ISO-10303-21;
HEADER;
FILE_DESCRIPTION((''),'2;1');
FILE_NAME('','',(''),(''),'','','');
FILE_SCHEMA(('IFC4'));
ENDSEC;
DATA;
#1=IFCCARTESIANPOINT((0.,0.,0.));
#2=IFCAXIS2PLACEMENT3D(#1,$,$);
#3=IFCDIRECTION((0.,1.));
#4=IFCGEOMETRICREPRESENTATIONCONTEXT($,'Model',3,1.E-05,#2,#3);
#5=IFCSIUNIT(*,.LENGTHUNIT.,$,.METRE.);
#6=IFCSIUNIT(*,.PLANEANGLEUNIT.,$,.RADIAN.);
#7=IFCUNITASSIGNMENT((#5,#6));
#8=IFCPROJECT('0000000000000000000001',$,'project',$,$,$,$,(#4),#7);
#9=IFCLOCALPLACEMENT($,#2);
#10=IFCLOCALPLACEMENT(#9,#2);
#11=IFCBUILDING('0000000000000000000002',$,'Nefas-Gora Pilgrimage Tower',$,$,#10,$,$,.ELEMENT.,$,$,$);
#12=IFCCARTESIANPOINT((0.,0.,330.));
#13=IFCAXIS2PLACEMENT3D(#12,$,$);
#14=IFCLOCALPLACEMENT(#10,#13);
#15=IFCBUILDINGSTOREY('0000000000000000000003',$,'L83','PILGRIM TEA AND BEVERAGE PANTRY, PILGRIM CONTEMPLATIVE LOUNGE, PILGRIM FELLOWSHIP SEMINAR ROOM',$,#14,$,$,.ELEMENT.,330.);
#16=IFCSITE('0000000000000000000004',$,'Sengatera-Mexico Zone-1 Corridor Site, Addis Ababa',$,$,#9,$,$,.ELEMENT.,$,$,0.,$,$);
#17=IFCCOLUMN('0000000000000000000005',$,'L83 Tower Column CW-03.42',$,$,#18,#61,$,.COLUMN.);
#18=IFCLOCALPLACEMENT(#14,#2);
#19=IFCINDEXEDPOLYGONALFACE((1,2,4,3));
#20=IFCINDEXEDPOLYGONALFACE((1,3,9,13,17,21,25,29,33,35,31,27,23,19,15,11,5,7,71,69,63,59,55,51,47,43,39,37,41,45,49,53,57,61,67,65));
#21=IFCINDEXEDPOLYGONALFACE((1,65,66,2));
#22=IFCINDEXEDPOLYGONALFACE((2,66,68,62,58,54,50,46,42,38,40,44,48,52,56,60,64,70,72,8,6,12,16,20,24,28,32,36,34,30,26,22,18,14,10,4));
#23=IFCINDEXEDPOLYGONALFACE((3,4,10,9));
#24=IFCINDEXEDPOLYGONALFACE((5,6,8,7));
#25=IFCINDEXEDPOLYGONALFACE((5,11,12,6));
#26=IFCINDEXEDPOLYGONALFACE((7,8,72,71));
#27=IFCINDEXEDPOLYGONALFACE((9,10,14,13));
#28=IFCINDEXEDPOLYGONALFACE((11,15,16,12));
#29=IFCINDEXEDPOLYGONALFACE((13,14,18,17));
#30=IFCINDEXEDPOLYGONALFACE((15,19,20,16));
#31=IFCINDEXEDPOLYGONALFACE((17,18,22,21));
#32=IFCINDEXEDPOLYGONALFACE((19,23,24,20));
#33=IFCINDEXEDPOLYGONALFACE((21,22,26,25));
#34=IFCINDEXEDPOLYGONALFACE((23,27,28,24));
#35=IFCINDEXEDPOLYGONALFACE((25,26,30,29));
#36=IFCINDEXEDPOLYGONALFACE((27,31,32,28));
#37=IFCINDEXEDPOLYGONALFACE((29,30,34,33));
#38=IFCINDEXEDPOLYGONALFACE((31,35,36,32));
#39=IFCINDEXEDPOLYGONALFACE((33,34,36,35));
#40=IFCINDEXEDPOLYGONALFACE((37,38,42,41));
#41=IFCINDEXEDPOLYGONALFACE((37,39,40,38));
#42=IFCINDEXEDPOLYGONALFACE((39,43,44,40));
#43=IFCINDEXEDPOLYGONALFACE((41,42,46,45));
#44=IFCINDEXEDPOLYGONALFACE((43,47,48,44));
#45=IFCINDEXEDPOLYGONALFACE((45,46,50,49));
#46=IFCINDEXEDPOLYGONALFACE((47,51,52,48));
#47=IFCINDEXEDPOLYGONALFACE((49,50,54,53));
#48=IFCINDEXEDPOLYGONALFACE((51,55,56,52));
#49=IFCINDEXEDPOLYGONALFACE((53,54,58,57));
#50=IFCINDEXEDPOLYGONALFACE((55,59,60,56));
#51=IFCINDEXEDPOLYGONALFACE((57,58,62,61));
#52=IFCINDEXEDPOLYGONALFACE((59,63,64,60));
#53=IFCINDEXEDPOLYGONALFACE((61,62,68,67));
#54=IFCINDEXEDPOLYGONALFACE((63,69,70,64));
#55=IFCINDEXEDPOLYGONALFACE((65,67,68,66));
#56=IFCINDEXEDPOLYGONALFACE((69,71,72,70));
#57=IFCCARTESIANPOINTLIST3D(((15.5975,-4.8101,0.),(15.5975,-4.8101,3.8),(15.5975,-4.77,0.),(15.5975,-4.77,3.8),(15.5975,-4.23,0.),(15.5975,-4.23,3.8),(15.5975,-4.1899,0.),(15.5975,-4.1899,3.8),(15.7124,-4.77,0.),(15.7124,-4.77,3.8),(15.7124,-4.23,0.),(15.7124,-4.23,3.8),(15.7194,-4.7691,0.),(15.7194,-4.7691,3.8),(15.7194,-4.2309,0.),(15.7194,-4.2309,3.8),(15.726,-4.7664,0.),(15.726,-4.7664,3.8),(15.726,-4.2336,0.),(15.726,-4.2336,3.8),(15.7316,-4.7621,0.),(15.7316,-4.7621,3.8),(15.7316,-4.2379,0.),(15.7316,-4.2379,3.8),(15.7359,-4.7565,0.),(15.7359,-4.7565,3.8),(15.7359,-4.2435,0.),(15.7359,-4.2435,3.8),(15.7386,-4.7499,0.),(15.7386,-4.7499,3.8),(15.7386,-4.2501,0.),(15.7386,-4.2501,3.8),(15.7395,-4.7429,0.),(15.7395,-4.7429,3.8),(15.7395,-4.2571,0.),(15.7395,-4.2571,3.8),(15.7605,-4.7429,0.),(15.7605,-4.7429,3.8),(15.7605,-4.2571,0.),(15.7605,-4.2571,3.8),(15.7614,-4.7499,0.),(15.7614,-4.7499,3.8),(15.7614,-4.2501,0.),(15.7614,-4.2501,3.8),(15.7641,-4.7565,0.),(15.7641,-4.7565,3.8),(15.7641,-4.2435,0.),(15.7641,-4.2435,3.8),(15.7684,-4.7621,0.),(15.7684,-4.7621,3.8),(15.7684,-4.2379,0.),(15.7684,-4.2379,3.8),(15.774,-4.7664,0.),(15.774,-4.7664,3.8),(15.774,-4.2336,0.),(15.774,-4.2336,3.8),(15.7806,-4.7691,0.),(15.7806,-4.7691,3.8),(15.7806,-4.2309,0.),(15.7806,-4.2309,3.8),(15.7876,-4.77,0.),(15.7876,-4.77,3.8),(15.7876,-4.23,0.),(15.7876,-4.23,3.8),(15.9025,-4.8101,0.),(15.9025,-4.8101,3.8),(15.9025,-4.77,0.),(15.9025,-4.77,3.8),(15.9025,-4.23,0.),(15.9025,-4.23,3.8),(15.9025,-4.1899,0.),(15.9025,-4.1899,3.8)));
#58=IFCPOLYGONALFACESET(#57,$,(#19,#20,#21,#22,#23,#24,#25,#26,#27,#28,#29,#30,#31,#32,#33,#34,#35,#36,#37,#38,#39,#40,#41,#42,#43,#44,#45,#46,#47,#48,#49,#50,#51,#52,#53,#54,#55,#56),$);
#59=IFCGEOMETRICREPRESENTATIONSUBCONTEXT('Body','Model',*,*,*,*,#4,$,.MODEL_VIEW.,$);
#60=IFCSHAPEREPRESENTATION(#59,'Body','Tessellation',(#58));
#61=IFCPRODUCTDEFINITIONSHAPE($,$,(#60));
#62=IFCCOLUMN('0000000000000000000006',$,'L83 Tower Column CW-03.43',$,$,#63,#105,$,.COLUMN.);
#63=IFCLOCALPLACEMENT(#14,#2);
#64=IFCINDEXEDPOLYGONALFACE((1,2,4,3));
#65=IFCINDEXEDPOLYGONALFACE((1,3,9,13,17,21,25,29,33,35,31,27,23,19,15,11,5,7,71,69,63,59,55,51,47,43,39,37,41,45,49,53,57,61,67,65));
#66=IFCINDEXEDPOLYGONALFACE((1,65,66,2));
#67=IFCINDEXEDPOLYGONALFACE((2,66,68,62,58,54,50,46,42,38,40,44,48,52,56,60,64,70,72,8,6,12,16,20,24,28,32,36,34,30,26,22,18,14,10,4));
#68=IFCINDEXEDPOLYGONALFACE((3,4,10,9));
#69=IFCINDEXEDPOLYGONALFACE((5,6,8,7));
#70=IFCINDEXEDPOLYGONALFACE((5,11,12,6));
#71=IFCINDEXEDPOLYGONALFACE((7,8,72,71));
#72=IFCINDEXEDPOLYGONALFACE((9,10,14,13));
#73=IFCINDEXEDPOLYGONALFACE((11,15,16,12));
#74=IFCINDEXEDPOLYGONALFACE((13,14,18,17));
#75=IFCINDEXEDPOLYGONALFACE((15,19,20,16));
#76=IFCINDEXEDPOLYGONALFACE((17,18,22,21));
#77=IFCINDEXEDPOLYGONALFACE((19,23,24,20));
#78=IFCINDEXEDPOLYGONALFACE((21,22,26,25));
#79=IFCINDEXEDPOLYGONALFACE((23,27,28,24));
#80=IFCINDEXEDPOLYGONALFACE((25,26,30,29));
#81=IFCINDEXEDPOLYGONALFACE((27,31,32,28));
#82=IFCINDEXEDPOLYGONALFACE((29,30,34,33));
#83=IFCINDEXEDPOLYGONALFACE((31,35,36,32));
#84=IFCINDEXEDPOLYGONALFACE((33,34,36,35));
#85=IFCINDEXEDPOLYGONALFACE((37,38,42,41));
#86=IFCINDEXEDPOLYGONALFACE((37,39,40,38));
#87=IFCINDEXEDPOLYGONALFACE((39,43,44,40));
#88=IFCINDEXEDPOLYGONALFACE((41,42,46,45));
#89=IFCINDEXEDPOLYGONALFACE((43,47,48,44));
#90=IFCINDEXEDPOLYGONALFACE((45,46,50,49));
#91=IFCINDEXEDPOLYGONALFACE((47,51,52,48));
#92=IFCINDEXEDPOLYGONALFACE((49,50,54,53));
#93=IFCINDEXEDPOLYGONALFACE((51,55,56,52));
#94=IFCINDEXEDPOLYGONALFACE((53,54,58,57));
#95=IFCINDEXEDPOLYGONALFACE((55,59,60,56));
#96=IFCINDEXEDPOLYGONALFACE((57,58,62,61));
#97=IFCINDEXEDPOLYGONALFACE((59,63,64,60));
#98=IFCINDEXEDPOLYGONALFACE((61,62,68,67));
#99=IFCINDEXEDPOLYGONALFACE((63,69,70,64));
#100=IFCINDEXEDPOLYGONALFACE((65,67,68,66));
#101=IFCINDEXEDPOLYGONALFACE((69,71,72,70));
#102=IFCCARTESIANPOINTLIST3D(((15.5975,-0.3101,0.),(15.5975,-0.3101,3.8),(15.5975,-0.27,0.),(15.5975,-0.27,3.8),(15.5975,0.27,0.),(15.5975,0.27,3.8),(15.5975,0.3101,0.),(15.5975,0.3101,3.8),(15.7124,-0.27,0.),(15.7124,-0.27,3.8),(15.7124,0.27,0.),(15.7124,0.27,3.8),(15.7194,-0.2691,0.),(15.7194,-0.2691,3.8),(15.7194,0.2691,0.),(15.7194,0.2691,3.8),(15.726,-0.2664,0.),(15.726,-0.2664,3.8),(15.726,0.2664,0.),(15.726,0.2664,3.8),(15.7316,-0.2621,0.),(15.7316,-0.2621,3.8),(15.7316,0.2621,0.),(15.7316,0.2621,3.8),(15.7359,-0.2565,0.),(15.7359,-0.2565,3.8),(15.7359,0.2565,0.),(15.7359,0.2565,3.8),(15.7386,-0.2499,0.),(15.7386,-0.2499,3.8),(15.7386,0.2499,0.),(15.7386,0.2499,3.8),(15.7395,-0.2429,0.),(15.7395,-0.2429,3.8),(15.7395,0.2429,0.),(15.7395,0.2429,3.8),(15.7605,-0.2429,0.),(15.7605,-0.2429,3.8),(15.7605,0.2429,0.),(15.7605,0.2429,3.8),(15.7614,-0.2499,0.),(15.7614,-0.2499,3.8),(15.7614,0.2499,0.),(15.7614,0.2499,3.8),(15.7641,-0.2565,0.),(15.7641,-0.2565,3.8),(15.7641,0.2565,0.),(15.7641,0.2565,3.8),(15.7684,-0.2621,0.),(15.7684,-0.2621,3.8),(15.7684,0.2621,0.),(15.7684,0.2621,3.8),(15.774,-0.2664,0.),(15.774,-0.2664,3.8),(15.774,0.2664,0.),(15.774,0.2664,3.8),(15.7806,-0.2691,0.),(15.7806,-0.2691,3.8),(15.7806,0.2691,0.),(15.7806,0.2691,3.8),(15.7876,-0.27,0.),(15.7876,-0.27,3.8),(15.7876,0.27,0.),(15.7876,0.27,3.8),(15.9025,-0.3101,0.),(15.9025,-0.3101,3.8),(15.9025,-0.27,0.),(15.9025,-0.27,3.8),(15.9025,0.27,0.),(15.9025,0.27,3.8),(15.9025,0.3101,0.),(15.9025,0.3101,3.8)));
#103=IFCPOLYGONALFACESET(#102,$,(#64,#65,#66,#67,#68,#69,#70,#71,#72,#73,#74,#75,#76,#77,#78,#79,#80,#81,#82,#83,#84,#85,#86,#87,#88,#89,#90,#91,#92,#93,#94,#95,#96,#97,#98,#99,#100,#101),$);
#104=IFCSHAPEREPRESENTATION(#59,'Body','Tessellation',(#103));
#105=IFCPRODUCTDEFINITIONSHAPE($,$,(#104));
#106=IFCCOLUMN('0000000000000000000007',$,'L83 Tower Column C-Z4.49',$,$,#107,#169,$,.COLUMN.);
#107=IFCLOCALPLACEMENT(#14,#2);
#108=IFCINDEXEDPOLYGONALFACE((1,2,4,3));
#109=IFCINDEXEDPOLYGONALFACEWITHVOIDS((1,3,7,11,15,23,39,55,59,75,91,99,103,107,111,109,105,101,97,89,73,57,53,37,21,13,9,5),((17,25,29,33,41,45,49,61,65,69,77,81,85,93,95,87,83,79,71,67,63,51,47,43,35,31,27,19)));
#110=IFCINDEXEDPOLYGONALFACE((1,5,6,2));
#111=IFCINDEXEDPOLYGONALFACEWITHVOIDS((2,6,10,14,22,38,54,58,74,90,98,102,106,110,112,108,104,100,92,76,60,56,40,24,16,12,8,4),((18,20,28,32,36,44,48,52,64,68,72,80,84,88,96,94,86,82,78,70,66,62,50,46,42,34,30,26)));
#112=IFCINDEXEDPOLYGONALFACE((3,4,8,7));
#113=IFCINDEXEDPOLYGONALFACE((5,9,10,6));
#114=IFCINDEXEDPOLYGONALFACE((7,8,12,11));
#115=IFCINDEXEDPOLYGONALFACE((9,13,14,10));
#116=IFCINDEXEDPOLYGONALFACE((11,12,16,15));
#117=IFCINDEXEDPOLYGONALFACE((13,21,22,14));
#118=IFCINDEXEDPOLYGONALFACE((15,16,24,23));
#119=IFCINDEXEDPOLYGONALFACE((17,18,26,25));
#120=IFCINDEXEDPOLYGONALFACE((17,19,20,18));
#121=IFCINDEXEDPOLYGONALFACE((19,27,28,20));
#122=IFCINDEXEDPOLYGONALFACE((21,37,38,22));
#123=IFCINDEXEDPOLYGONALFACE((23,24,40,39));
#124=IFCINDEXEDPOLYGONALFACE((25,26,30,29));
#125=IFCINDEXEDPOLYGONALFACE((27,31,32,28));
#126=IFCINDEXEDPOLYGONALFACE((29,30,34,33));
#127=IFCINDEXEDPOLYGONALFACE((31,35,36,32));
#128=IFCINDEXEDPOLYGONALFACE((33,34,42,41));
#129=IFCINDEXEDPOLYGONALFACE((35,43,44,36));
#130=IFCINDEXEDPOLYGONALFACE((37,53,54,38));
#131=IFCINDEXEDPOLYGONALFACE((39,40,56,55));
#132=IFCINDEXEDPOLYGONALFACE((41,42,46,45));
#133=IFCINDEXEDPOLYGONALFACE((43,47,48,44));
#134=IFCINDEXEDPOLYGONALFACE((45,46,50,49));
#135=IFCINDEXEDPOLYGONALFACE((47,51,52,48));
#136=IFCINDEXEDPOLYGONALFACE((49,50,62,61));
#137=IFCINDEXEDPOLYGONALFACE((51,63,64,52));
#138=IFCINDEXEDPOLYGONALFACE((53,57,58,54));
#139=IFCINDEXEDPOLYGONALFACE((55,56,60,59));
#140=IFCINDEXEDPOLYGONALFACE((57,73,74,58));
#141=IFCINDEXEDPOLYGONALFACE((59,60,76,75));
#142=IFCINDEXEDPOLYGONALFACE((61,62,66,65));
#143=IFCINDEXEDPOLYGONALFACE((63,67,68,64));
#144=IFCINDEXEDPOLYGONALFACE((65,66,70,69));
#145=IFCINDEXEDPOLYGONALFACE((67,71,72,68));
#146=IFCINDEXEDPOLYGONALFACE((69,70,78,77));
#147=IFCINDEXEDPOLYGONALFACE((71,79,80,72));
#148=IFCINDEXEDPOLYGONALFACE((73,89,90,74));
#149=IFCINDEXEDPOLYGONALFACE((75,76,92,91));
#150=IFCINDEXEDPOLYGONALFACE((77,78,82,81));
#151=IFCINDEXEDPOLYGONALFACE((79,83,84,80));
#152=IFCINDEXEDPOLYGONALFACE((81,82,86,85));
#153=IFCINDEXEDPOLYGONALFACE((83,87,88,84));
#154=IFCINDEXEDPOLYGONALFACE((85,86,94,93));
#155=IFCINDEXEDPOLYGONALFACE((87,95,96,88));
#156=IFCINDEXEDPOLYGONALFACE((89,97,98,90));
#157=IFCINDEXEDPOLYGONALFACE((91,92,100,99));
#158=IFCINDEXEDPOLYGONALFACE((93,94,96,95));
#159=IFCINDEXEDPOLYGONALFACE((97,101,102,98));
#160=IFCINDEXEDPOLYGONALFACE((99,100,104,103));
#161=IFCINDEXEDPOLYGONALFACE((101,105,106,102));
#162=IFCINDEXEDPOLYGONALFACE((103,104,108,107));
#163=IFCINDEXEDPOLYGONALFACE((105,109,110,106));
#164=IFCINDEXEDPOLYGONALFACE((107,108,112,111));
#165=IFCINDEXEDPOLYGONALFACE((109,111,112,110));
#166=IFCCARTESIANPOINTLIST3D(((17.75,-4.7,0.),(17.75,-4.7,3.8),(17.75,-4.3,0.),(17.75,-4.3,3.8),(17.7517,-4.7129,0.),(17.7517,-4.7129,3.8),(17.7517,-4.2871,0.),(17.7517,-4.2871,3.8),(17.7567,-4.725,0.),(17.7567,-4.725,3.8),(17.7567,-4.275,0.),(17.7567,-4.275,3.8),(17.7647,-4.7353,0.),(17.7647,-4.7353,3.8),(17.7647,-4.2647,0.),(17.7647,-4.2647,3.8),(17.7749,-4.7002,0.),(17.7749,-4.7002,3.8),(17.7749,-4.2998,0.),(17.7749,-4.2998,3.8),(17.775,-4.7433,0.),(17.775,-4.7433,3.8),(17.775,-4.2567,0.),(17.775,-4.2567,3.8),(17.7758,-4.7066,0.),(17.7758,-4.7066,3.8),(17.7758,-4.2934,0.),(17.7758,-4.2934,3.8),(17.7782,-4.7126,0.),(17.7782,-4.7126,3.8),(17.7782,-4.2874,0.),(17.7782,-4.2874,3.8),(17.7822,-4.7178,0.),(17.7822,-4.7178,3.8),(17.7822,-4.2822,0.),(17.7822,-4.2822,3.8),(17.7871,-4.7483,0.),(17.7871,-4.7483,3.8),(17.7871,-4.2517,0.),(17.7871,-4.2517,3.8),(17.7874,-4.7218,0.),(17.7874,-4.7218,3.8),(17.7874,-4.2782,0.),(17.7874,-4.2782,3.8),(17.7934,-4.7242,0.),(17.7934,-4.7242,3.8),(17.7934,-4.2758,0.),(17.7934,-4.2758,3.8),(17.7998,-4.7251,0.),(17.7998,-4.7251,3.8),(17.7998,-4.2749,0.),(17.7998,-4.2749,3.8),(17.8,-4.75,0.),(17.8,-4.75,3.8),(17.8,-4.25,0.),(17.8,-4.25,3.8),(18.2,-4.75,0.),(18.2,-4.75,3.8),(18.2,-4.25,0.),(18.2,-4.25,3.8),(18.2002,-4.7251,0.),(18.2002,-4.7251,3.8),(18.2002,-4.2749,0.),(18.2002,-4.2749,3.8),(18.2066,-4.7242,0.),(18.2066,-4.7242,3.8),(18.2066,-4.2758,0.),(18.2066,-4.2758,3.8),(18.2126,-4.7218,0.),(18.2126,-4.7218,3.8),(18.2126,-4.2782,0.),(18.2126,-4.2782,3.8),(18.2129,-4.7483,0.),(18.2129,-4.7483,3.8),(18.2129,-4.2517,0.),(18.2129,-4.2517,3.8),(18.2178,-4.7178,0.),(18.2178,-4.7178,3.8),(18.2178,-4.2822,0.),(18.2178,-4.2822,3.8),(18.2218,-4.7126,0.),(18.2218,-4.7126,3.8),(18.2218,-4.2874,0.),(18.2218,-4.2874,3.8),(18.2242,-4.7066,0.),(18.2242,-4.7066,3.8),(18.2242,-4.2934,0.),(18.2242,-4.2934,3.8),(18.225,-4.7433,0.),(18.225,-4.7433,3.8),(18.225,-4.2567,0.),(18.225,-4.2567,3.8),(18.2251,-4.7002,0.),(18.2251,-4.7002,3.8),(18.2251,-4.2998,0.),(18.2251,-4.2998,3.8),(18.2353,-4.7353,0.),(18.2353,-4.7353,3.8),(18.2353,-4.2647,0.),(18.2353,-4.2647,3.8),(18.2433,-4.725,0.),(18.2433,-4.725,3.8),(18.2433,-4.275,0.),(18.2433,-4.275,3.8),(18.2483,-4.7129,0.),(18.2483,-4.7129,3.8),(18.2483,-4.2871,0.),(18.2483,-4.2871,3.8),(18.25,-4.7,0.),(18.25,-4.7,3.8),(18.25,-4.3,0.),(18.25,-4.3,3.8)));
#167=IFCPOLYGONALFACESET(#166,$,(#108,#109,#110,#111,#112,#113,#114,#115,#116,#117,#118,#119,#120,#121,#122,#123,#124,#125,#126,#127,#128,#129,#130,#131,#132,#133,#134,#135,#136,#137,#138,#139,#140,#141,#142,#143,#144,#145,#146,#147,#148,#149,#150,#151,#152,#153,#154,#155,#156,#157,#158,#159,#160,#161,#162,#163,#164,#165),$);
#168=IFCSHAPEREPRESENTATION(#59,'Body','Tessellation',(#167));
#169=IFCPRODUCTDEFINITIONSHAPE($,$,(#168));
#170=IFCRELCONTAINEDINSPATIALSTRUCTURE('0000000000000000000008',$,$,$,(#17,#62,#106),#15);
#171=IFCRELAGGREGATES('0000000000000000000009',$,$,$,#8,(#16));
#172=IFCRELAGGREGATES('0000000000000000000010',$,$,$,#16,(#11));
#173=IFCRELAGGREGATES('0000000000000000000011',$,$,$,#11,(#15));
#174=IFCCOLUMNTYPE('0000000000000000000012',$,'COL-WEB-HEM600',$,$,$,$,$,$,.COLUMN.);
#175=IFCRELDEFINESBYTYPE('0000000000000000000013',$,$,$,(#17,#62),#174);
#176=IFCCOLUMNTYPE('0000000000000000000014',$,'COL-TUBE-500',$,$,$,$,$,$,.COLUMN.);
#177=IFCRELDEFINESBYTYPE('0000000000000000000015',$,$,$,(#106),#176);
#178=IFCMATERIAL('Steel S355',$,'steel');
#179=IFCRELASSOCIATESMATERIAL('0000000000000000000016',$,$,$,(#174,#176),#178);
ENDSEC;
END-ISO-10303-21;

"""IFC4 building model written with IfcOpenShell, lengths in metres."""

from ifc_helpers import new_model, si_unit, direction, frame, origin, origin_2d, place, context, subcontext, project, spatial, hollow_rectangle, i_section, extrude, source, transform, mapped, material, material_profile, profile_set, type_object, element, save


model = new_model("IFC4")

# Units and contexts
model_context = context("Model", 3, precision=1e-05, world=origin(), true_north=direction((0.0, 1.0)))
body_context = subcontext(model_context, "Body", "Model", "MODEL_VIEW")
ifc_project = project(units=[si_unit("LENGTHUNIT", "METRE"), si_unit("PLANEANGLEUNIT", "RADIAN")], contexts=[model_context])

# Site, building, storey
site_placement = place(None, origin())
site = spatial("IfcSite", under=ifc_project, at=site_placement, Name="Sengatera-Mexico Zone-1 Corridor Site, Addis Ababa", CompositionType="ELEMENT", RefElevation=0.0)
building_placement = place(site_placement, origin())
building = spatial("IfcBuilding", under=site, at=building_placement, Name="Nefas-Gora Pilgrimage Tower", CompositionType="ELEMENT")
storey_placement = place(building_placement, frame((0.0, 0.0, 330.0)))
storey = spatial("IfcBuildingStorey", under=building, at=storey_placement, Name="L83", Description="PILGRIM TEA AND BEVERAGE PANTRY, PILGRIM CONTEMPLATIVE LOUNGE, PILGRIM FELLOWSHIP SEMINAR ROOM", CompositionType="ELEMENT", Elevation=330.0)

# Columns
ifc_material_1 = material(Name="Steel S355", Category="steel")
ifc_material_profile_1 = material_profile(ifc_material_1, i_section(OverallWidth=0.3049, OverallDepth=0.6201, WebThickness=0.021, FlangeThickness=0.04, FilletRadius=0.0271, at=origin_2d()), Name="HEM 600")
ifc_profile_set_1 = profile_set([ifc_material_profile_1], Name="Steel S355")
column_type_1 = type_object("IfcColumnType", Name="COL-WEB-HEM600", PredefinedType="COLUMN", material=ifc_profile_set_1)
shared_shape_1 = source(origin(), body_context, "Body", "SweptSolid", [
    extrude(i_section(OverallWidth=0.3049, OverallDepth=0.6201, WebThickness=0.021, FlangeThickness=0.04, FilletRadius=0.0271, at=origin_2d()), origin(), (0.0, 0.0, 1.0), 3.8),
])
for number, where, z_axis, x_axis, name in (
    (1, (15.75, -4.5, 0.0), (0.0, 0.0, 1.0), (1.0, 0.0, 0.0), "L83 Tower Column CW-03.42"),
    (2, (15.75, 0.0, 0.0), (0.0, 0.0, 1.0), (1.0, 0.0, 0.0), "L83 Tower Column CW-03.43"),
):
    element("IfcColumn", number, at=place(storey_placement, frame(where, z_axis=z_axis, x_axis=x_axis)), inside=storey, type_object=column_type_1, Name=name, PredefinedType="COLUMN", context=body_context, shape_type="MappedRepresentation", body=[
        mapped(shared_shape_1, transform((0.0, 0.0, 0.0), x_axis=(1.0, 0.0, 0.0), y_axis=(0.0, 1.0, 0.0), z_axis=(0.0, 0.0, 1.0), scale=1.0)),
    ])
ifc_material_profile_2 = material_profile(ifc_material_1, hollow_rectangle(XDim=0.5, YDim=0.5, WallThickness=0.0249, InnerFilletRadius=0.0249, OuterFilletRadius=0.05, at=origin_2d()), Name="SHS 500x500x25")
ifc_profile_set_2 = profile_set([ifc_material_profile_2], Name="Steel S355")
column_type_2 = type_object("IfcColumnType", Name="COL-TUBE-500", PredefinedType="COLUMN", material=ifc_profile_set_2)
shared_shape_2 = source(origin(), body_context, "Body", "SweptSolid", [
    extrude(hollow_rectangle(XDim=0.5, YDim=0.5, WallThickness=0.0249, InnerFilletRadius=0.0249, OuterFilletRadius=0.05, at=origin_2d()), origin(), (0.0, 0.0, 1.0), 3.8),
])
for number, where, z_axis, x_axis, name in (
    (3, (18.0, -4.5, 0.0), (0.0, 0.0, 1.0), (1.0, 0.0, 0.0), "L83 Tower Column C-Z4.49"),
):
    element("IfcColumn", number, at=place(storey_placement, frame(where, z_axis=z_axis, x_axis=x_axis)), inside=storey, type_object=column_type_2, Name=name, PredefinedType="COLUMN", context=body_context, shape_type="MappedRepresentation", body=[
        mapped(shared_shape_2, transform((0.0, 0.0, 0.0), x_axis=(1.0, 0.0, 0.0), y_axis=(0.0, 1.0, 0.0), z_axis=(0.0, 0.0, 1.0), scale=1.0)),
    ])

save(model, "model.ifc")
